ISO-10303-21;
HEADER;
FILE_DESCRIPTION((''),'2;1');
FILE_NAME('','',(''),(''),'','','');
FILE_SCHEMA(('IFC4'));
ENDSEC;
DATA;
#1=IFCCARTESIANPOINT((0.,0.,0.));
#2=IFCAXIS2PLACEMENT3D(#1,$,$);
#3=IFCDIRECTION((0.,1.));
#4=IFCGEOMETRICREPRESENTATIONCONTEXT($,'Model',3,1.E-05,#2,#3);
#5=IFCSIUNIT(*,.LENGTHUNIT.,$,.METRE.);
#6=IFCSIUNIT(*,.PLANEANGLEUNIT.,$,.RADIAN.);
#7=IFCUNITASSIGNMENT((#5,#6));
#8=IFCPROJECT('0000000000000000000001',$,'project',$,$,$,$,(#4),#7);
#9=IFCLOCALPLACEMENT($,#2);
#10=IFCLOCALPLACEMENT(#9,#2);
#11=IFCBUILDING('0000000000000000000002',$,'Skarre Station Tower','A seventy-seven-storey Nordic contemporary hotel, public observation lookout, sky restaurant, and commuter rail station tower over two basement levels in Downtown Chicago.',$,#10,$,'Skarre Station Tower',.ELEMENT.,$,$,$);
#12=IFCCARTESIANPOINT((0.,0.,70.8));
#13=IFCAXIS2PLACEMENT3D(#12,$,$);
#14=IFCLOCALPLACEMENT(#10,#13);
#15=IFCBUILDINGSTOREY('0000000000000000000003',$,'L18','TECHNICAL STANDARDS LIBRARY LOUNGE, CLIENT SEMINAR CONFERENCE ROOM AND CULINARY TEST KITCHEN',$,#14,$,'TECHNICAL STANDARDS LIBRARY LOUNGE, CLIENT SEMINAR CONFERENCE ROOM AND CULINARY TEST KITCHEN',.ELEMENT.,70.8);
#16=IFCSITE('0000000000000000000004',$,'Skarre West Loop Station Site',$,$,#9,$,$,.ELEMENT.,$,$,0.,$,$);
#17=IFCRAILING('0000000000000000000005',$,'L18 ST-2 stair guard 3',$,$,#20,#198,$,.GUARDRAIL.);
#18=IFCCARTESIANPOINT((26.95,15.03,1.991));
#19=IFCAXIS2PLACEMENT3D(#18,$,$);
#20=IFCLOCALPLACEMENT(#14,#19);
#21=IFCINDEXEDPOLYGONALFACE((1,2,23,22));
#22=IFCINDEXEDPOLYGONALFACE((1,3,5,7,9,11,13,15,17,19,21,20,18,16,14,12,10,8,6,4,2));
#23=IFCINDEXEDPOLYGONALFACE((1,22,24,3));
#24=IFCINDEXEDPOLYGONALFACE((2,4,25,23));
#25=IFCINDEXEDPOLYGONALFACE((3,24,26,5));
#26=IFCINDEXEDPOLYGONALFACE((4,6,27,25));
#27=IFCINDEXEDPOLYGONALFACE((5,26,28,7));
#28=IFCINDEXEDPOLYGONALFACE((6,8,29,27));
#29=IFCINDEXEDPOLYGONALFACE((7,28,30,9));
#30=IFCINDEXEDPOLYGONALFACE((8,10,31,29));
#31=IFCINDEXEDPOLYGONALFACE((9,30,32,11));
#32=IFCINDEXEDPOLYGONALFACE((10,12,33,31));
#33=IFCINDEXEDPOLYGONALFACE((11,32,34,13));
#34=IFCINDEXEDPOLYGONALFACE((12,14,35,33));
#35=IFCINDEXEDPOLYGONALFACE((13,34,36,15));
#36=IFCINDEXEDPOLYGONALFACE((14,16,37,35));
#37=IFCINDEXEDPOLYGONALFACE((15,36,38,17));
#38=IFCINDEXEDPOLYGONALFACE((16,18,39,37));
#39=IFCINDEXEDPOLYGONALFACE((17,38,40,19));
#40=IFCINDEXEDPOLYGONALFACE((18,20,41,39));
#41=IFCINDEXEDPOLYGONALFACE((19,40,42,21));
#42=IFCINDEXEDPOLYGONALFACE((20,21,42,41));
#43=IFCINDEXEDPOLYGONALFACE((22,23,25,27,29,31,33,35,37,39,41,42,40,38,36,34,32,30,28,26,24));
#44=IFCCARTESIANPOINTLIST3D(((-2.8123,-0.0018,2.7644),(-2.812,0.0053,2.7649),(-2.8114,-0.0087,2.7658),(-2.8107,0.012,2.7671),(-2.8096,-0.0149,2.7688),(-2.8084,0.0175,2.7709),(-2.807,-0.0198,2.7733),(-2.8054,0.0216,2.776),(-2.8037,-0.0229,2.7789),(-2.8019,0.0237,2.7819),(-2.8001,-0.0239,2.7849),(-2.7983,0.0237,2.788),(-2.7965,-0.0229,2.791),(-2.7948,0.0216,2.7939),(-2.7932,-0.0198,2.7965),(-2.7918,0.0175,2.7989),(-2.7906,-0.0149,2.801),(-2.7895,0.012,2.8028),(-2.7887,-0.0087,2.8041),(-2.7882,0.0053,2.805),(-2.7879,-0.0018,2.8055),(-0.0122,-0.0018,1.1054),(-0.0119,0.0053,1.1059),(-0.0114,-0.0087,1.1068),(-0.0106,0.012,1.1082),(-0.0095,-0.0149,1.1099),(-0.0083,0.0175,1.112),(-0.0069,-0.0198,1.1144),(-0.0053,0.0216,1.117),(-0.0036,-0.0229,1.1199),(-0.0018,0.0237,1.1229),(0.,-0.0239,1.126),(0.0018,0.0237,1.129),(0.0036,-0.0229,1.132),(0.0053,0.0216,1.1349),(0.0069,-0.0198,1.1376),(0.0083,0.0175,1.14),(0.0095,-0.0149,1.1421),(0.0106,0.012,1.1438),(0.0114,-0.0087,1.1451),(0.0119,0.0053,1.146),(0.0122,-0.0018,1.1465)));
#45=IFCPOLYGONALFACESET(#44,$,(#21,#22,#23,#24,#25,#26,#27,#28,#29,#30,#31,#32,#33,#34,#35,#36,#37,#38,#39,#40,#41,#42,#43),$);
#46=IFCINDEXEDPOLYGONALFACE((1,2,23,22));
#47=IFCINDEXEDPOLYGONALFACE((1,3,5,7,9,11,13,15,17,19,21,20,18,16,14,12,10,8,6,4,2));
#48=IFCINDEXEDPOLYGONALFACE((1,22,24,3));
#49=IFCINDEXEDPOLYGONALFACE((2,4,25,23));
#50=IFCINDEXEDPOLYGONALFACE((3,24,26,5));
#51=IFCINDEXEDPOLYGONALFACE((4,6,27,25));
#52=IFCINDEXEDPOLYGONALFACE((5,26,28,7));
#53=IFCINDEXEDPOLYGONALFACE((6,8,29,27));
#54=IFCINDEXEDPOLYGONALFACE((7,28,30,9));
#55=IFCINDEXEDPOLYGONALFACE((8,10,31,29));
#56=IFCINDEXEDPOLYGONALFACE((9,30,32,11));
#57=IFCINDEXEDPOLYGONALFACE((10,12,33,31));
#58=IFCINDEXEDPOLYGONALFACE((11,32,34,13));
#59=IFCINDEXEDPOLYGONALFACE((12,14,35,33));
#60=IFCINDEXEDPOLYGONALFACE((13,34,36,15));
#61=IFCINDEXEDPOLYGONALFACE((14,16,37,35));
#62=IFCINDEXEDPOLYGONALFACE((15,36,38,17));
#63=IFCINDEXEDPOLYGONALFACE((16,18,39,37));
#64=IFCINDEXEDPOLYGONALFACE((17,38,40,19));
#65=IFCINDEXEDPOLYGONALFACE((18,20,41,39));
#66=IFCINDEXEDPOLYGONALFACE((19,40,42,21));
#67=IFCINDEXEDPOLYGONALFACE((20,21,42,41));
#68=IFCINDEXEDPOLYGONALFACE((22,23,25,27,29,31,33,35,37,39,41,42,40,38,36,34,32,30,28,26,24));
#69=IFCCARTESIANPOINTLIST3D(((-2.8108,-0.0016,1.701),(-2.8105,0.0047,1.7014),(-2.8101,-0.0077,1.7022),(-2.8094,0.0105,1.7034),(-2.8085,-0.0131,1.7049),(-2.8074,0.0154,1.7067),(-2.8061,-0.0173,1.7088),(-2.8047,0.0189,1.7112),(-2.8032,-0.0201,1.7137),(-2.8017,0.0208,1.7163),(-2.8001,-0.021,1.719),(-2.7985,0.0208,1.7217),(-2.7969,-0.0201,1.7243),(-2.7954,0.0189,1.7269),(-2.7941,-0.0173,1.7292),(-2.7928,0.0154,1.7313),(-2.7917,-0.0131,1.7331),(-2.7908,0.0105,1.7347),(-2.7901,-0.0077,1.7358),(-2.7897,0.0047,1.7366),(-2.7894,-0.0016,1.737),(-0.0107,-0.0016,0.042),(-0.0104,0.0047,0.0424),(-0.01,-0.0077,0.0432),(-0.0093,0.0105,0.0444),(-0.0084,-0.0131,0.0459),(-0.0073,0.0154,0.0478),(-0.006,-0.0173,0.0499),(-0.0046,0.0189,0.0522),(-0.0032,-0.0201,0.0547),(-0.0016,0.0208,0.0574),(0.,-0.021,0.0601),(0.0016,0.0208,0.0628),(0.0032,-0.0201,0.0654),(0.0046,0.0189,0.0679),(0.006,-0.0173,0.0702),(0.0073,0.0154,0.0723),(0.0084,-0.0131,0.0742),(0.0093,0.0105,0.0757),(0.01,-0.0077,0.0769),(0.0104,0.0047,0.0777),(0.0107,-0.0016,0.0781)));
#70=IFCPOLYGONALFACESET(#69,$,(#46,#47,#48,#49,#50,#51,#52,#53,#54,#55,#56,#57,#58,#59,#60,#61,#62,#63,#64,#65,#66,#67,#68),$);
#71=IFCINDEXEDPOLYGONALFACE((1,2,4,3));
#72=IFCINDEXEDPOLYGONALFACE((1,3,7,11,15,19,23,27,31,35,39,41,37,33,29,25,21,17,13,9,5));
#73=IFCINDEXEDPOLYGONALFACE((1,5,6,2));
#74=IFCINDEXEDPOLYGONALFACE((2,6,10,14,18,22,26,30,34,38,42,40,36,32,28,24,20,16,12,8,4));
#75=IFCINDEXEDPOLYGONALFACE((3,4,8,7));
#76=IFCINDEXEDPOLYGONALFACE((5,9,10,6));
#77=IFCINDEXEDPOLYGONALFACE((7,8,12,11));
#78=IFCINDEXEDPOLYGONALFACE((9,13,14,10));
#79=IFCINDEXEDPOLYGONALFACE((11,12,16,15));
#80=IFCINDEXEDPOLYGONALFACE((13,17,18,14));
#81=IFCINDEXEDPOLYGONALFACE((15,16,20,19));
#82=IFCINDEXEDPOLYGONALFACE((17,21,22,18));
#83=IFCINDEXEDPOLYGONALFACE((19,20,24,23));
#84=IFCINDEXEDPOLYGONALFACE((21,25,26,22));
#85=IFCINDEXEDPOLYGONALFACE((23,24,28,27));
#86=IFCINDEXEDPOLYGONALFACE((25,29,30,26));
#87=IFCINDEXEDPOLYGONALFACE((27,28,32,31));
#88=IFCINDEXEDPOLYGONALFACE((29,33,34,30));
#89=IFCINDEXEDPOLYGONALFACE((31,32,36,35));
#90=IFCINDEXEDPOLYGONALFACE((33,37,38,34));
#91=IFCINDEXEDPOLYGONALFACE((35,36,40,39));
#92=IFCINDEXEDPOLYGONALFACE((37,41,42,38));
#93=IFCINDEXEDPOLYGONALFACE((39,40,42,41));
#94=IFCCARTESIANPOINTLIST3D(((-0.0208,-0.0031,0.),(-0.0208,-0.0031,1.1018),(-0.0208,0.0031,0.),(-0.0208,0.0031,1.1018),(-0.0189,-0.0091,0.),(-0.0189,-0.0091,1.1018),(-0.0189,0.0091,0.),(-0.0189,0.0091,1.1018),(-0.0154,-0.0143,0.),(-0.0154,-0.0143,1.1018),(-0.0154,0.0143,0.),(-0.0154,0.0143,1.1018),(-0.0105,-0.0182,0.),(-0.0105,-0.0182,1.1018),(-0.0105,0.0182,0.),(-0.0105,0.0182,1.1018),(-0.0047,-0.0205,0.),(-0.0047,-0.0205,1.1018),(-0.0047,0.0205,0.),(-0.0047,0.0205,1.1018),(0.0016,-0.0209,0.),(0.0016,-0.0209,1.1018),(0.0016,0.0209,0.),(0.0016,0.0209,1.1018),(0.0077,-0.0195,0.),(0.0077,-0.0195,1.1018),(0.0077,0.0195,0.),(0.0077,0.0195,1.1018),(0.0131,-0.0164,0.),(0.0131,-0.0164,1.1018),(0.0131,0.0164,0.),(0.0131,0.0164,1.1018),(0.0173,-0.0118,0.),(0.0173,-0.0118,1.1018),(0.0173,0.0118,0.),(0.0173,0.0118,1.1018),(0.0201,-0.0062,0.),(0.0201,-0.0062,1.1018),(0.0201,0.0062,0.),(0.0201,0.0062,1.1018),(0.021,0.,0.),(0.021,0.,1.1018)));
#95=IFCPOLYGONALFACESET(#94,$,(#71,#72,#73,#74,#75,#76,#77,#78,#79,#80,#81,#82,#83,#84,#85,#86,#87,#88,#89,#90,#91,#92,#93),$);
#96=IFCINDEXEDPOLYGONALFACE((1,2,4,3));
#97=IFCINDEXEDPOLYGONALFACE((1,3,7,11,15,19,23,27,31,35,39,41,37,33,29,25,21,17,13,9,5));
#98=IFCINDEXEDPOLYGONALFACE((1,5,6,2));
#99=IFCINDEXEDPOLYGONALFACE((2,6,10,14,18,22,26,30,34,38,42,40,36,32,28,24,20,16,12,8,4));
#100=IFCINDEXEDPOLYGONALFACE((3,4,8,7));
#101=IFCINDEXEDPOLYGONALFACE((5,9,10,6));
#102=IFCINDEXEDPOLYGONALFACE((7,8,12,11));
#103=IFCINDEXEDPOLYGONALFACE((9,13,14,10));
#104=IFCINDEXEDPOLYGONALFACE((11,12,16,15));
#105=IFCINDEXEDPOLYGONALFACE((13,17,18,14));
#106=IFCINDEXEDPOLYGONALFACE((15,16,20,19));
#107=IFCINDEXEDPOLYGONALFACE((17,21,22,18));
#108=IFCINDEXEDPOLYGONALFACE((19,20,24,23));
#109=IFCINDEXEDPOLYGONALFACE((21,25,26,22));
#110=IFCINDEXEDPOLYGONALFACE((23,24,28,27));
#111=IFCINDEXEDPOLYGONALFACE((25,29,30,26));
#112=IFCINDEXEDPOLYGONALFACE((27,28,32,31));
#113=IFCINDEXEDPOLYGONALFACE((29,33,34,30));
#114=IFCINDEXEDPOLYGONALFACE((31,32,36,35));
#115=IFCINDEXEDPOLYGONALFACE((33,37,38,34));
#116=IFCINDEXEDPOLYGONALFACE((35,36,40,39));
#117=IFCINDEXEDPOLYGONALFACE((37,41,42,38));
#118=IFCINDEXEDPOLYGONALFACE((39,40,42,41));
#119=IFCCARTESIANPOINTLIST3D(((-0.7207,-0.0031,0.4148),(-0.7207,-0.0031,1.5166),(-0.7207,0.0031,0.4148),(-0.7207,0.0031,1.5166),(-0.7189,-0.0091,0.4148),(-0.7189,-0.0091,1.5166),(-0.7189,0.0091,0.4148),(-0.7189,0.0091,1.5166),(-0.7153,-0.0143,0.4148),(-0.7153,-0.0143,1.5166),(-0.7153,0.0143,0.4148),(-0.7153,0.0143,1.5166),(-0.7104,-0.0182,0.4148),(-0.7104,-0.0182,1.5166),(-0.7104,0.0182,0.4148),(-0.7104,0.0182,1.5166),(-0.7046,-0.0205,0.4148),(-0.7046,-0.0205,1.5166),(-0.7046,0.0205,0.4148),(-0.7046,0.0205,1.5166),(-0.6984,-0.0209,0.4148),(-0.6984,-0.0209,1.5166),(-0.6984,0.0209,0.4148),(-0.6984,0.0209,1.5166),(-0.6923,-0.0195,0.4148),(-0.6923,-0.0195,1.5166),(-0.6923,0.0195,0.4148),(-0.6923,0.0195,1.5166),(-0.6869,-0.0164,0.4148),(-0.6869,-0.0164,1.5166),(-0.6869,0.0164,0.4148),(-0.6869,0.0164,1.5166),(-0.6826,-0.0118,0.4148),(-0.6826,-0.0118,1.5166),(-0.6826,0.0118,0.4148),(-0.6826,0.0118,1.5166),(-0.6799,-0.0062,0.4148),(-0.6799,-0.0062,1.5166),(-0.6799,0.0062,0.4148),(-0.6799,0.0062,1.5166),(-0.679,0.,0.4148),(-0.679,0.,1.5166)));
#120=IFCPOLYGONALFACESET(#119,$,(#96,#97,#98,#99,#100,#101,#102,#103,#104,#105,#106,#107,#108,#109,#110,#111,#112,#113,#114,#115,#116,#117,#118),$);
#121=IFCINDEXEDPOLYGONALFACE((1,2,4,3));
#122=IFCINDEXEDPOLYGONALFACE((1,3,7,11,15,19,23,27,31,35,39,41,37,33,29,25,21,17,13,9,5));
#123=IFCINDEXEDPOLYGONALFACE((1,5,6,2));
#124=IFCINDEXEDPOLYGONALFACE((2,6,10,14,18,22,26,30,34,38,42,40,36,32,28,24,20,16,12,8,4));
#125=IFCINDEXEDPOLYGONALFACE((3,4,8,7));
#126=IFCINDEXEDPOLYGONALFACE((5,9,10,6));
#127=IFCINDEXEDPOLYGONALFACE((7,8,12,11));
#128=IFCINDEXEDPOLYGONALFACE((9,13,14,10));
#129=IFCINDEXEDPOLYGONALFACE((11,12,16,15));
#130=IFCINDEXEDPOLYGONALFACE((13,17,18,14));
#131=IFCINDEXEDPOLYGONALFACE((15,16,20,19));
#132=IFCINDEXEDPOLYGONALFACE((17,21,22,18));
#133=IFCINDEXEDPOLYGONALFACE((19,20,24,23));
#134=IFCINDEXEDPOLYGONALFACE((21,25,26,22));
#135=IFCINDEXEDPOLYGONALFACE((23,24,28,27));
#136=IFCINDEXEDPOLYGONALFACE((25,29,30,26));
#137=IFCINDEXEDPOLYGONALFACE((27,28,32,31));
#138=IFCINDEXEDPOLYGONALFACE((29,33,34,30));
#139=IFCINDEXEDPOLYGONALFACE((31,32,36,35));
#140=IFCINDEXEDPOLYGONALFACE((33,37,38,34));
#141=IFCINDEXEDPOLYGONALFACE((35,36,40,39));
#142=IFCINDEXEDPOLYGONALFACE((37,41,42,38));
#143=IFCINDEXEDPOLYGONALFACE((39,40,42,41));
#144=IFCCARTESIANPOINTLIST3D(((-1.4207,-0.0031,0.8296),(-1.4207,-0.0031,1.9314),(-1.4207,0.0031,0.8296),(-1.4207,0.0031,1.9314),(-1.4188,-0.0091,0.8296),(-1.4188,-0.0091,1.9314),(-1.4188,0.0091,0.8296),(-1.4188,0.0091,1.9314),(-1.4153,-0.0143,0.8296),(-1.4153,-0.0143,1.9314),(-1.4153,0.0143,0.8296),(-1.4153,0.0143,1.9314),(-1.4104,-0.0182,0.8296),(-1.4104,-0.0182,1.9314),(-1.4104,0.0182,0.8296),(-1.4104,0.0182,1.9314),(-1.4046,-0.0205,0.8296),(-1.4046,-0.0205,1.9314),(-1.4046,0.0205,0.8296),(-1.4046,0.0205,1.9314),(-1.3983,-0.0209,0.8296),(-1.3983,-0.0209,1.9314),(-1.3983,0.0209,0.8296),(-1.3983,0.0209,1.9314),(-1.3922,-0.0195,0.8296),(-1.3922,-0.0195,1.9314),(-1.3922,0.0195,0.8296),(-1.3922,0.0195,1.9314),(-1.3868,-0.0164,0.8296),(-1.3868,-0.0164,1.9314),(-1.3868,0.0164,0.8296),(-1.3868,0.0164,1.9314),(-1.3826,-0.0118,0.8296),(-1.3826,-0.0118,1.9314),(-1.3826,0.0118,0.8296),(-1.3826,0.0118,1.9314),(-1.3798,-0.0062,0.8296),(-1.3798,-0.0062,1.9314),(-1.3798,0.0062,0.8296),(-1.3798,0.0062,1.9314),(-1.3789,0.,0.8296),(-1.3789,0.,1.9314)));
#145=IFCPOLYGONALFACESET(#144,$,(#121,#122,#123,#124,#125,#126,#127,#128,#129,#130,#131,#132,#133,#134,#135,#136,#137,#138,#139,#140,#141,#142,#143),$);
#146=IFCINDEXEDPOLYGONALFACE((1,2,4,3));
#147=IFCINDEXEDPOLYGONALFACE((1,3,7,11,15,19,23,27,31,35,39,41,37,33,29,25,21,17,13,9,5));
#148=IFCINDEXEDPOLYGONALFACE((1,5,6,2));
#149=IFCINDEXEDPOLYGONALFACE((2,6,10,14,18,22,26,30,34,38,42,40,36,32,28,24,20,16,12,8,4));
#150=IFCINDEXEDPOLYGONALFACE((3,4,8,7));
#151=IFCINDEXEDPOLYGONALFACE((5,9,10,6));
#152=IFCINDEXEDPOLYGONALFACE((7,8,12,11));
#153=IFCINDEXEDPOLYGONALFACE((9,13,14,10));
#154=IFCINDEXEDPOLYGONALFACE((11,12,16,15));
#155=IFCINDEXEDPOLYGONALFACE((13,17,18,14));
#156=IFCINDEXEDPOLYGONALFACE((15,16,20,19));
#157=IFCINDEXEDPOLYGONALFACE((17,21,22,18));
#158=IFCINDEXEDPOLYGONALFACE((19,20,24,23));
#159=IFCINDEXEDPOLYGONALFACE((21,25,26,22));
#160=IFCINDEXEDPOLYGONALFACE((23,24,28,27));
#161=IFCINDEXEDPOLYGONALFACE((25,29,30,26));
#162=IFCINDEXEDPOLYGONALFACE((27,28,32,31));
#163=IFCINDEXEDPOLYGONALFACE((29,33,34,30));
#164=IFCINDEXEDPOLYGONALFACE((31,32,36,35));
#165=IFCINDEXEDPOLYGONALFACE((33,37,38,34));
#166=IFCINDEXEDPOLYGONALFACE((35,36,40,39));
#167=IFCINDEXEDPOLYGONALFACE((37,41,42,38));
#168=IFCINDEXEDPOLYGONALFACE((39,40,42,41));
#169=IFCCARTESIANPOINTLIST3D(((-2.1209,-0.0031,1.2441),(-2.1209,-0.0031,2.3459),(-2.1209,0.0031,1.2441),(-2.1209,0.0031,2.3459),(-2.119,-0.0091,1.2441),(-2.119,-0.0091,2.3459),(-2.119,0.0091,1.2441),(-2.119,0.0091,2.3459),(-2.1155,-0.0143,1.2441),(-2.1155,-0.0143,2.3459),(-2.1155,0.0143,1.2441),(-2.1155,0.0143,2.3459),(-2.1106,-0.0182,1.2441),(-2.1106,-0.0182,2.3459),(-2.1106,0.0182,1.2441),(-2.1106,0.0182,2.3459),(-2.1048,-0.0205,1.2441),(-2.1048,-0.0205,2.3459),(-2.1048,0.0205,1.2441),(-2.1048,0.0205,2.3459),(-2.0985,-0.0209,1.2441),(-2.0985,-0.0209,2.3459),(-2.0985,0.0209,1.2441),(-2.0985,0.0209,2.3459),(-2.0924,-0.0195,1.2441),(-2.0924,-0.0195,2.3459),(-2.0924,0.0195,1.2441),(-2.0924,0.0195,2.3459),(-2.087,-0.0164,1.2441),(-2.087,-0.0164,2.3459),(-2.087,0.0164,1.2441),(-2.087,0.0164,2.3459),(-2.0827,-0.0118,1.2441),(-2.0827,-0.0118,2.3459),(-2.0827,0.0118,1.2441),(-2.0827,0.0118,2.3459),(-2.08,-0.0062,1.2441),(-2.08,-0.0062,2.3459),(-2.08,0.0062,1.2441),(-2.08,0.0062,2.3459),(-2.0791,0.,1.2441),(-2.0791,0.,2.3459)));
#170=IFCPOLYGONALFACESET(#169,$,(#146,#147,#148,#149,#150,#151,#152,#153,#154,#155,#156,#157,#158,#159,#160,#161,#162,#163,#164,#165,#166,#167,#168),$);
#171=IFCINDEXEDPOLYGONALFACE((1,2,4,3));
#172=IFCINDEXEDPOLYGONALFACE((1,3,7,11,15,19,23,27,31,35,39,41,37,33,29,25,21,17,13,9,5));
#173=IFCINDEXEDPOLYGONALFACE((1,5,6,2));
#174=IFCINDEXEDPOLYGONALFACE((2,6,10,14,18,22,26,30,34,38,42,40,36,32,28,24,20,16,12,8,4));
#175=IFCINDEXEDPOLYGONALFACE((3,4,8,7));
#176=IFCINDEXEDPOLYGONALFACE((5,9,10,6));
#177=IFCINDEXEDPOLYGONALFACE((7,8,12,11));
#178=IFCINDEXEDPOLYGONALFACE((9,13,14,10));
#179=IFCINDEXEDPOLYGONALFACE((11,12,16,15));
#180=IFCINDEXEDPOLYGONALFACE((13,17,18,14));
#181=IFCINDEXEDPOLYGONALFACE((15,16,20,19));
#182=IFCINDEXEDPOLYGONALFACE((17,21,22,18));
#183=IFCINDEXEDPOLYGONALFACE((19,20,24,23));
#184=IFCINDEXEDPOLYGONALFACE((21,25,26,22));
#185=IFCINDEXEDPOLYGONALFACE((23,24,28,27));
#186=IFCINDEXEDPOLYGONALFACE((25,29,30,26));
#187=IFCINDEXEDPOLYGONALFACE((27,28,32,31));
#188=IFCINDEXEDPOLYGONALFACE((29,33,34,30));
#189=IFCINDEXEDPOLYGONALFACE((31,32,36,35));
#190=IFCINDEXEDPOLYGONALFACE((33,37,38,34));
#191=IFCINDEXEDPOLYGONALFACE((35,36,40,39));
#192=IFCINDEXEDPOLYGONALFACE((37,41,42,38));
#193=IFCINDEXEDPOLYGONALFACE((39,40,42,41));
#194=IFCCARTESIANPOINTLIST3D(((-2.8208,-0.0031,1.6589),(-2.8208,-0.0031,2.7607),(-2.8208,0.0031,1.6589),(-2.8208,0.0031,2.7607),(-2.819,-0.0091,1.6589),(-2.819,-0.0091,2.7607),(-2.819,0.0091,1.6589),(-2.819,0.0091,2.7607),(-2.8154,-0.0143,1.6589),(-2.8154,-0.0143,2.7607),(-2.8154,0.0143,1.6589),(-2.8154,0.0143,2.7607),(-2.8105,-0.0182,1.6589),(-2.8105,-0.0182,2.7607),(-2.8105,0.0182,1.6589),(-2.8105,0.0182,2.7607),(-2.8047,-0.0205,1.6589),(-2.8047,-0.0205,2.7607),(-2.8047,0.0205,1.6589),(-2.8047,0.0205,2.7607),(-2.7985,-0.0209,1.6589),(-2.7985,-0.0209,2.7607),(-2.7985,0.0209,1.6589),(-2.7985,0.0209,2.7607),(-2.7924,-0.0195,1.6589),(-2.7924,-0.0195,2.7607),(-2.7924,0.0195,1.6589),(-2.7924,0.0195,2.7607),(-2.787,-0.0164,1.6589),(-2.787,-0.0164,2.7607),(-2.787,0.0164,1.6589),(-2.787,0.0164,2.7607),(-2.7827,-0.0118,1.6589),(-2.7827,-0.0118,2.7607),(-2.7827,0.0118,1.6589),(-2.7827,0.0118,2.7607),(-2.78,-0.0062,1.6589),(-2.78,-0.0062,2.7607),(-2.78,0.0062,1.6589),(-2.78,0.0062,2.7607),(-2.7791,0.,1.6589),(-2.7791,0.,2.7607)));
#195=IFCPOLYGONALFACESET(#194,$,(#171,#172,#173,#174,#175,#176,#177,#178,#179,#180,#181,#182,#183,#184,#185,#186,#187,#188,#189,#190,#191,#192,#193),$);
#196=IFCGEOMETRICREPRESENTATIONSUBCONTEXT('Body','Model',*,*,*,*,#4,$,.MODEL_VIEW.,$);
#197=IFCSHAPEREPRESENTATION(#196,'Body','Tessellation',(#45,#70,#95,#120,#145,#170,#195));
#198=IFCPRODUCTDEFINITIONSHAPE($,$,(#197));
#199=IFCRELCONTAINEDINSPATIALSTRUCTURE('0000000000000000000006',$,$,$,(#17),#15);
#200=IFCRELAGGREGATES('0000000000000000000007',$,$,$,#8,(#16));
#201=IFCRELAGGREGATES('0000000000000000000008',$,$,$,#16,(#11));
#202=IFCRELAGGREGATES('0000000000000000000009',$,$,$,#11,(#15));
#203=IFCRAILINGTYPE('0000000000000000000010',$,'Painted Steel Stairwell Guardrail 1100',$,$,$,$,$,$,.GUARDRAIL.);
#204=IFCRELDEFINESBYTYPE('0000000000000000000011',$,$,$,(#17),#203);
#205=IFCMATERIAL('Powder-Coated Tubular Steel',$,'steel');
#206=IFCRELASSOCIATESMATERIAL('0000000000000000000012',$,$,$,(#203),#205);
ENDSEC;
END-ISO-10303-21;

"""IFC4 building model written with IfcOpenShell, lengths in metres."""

from ifc_helpers import new_model, si_unit, direction, frame, origin, origin_2d, place, context, subcontext, project, spatial, circle, extrude, material, type_object, element, save


model = new_model("IFC4")

# Units and contexts
model_context = context("Model", 3, precision=1e-05, world=origin(), true_north=direction((0.0, 1.0)))
body_context = subcontext(model_context, "Body", "Model", "MODEL_VIEW")
ifc_project = project(units=[si_unit("LENGTHUNIT", "METRE"), si_unit("PLANEANGLEUNIT", "RADIAN")], contexts=[model_context])

# Site, building, storey
site_placement = place(None, origin())
site = spatial("IfcSite", under=ifc_project, at=site_placement, Name="Skarre West Loop Station Site", CompositionType="ELEMENT", RefElevation=0.0)
building_placement = place(site_placement, origin())
building = spatial("IfcBuilding", under=site, at=building_placement, Name="Skarre Station Tower", Description="A seventy-seven-storey Nordic contemporary hotel, public observation lookout, sky restaurant, and commuter rail station tower over two basement levels in Downtown Chicago.", LongName="Skarre Station Tower", CompositionType="ELEMENT")
storey_placement = place(building_placement, frame((0.0, 0.0, 70.8)))
storey = spatial("IfcBuildingStorey", under=building, at=storey_placement, Name="L18", Description="TECHNICAL STANDARDS LIBRARY LOUNGE, CLIENT SEMINAR CONFERENCE ROOM AND CULINARY TEST KITCHEN", LongName="TECHNICAL STANDARDS LIBRARY LOUNGE, CLIENT SEMINAR CONFERENCE ROOM AND CULINARY TEST KITCHEN", CompositionType="ELEMENT", Elevation=70.8)

# Railing
ifc_material_1 = material(Name="Powder-Coated Tubular Steel", Category="steel")
railing_type_1 = type_object("IfcRailingType", Name="Painted Steel Stairwell Guardrail 1100", PredefinedType="GUARDRAIL", material=ifc_material_1)
railing_1_placement = place(storey_placement, frame((26.95, 15.03, 1.991)))
element("IfcRailing", 1, at=railing_1_placement, inside=storey, type_object=railing_type_1, Name="L18 ST-2 stair guard 3", PredefinedType="GUARDRAIL", context=body_context, shape_type="SweptSolid", body=[
    extrude(circle(Radius=0.0239, at=origin_2d()), frame((0.0, 0.0, 1.126), z_axis=(-0.860339, 0.0, 0.509722), x_axis=(0.0, -1.0, 0.0)), (0.0, 0.0, 1.0), 3.2546),
    extrude(circle(Radius=0.021, at=origin_2d()), frame((0.0, 0.0, 0.0601), z_axis=(-0.860339, 0.0, 0.509722), x_axis=(0.0, -1.0, 0.0)), (0.0, 0.0, 1.0), 3.2546),
    extrude(circle(Radius=0.021, at=origin_2d()), origin(), (0.0, 0.0, 1.0), 1.1018),
    extrude(circle(Radius=0.021, at=origin_2d()), frame((-0.7, 0.0, 0.4148)), (0.0, 0.0, 1.0), 1.1018),
    extrude(circle(Radius=0.021, at=origin_2d()), frame((-1.3999, 0.0, 0.8296)), (0.0, 0.0, 1.0), 1.1018),
    extrude(circle(Radius=0.021, at=origin_2d()), frame((-2.1001, 0.0, 1.2441)), (0.0, 0.0, 1.0), 1.1018),
    extrude(circle(Radius=0.021, at=origin_2d()), frame((-2.8, 0.0, 1.6589)), (0.0, 0.0, 1.0), 1.1018),
])

save(model, "model.ifc")
